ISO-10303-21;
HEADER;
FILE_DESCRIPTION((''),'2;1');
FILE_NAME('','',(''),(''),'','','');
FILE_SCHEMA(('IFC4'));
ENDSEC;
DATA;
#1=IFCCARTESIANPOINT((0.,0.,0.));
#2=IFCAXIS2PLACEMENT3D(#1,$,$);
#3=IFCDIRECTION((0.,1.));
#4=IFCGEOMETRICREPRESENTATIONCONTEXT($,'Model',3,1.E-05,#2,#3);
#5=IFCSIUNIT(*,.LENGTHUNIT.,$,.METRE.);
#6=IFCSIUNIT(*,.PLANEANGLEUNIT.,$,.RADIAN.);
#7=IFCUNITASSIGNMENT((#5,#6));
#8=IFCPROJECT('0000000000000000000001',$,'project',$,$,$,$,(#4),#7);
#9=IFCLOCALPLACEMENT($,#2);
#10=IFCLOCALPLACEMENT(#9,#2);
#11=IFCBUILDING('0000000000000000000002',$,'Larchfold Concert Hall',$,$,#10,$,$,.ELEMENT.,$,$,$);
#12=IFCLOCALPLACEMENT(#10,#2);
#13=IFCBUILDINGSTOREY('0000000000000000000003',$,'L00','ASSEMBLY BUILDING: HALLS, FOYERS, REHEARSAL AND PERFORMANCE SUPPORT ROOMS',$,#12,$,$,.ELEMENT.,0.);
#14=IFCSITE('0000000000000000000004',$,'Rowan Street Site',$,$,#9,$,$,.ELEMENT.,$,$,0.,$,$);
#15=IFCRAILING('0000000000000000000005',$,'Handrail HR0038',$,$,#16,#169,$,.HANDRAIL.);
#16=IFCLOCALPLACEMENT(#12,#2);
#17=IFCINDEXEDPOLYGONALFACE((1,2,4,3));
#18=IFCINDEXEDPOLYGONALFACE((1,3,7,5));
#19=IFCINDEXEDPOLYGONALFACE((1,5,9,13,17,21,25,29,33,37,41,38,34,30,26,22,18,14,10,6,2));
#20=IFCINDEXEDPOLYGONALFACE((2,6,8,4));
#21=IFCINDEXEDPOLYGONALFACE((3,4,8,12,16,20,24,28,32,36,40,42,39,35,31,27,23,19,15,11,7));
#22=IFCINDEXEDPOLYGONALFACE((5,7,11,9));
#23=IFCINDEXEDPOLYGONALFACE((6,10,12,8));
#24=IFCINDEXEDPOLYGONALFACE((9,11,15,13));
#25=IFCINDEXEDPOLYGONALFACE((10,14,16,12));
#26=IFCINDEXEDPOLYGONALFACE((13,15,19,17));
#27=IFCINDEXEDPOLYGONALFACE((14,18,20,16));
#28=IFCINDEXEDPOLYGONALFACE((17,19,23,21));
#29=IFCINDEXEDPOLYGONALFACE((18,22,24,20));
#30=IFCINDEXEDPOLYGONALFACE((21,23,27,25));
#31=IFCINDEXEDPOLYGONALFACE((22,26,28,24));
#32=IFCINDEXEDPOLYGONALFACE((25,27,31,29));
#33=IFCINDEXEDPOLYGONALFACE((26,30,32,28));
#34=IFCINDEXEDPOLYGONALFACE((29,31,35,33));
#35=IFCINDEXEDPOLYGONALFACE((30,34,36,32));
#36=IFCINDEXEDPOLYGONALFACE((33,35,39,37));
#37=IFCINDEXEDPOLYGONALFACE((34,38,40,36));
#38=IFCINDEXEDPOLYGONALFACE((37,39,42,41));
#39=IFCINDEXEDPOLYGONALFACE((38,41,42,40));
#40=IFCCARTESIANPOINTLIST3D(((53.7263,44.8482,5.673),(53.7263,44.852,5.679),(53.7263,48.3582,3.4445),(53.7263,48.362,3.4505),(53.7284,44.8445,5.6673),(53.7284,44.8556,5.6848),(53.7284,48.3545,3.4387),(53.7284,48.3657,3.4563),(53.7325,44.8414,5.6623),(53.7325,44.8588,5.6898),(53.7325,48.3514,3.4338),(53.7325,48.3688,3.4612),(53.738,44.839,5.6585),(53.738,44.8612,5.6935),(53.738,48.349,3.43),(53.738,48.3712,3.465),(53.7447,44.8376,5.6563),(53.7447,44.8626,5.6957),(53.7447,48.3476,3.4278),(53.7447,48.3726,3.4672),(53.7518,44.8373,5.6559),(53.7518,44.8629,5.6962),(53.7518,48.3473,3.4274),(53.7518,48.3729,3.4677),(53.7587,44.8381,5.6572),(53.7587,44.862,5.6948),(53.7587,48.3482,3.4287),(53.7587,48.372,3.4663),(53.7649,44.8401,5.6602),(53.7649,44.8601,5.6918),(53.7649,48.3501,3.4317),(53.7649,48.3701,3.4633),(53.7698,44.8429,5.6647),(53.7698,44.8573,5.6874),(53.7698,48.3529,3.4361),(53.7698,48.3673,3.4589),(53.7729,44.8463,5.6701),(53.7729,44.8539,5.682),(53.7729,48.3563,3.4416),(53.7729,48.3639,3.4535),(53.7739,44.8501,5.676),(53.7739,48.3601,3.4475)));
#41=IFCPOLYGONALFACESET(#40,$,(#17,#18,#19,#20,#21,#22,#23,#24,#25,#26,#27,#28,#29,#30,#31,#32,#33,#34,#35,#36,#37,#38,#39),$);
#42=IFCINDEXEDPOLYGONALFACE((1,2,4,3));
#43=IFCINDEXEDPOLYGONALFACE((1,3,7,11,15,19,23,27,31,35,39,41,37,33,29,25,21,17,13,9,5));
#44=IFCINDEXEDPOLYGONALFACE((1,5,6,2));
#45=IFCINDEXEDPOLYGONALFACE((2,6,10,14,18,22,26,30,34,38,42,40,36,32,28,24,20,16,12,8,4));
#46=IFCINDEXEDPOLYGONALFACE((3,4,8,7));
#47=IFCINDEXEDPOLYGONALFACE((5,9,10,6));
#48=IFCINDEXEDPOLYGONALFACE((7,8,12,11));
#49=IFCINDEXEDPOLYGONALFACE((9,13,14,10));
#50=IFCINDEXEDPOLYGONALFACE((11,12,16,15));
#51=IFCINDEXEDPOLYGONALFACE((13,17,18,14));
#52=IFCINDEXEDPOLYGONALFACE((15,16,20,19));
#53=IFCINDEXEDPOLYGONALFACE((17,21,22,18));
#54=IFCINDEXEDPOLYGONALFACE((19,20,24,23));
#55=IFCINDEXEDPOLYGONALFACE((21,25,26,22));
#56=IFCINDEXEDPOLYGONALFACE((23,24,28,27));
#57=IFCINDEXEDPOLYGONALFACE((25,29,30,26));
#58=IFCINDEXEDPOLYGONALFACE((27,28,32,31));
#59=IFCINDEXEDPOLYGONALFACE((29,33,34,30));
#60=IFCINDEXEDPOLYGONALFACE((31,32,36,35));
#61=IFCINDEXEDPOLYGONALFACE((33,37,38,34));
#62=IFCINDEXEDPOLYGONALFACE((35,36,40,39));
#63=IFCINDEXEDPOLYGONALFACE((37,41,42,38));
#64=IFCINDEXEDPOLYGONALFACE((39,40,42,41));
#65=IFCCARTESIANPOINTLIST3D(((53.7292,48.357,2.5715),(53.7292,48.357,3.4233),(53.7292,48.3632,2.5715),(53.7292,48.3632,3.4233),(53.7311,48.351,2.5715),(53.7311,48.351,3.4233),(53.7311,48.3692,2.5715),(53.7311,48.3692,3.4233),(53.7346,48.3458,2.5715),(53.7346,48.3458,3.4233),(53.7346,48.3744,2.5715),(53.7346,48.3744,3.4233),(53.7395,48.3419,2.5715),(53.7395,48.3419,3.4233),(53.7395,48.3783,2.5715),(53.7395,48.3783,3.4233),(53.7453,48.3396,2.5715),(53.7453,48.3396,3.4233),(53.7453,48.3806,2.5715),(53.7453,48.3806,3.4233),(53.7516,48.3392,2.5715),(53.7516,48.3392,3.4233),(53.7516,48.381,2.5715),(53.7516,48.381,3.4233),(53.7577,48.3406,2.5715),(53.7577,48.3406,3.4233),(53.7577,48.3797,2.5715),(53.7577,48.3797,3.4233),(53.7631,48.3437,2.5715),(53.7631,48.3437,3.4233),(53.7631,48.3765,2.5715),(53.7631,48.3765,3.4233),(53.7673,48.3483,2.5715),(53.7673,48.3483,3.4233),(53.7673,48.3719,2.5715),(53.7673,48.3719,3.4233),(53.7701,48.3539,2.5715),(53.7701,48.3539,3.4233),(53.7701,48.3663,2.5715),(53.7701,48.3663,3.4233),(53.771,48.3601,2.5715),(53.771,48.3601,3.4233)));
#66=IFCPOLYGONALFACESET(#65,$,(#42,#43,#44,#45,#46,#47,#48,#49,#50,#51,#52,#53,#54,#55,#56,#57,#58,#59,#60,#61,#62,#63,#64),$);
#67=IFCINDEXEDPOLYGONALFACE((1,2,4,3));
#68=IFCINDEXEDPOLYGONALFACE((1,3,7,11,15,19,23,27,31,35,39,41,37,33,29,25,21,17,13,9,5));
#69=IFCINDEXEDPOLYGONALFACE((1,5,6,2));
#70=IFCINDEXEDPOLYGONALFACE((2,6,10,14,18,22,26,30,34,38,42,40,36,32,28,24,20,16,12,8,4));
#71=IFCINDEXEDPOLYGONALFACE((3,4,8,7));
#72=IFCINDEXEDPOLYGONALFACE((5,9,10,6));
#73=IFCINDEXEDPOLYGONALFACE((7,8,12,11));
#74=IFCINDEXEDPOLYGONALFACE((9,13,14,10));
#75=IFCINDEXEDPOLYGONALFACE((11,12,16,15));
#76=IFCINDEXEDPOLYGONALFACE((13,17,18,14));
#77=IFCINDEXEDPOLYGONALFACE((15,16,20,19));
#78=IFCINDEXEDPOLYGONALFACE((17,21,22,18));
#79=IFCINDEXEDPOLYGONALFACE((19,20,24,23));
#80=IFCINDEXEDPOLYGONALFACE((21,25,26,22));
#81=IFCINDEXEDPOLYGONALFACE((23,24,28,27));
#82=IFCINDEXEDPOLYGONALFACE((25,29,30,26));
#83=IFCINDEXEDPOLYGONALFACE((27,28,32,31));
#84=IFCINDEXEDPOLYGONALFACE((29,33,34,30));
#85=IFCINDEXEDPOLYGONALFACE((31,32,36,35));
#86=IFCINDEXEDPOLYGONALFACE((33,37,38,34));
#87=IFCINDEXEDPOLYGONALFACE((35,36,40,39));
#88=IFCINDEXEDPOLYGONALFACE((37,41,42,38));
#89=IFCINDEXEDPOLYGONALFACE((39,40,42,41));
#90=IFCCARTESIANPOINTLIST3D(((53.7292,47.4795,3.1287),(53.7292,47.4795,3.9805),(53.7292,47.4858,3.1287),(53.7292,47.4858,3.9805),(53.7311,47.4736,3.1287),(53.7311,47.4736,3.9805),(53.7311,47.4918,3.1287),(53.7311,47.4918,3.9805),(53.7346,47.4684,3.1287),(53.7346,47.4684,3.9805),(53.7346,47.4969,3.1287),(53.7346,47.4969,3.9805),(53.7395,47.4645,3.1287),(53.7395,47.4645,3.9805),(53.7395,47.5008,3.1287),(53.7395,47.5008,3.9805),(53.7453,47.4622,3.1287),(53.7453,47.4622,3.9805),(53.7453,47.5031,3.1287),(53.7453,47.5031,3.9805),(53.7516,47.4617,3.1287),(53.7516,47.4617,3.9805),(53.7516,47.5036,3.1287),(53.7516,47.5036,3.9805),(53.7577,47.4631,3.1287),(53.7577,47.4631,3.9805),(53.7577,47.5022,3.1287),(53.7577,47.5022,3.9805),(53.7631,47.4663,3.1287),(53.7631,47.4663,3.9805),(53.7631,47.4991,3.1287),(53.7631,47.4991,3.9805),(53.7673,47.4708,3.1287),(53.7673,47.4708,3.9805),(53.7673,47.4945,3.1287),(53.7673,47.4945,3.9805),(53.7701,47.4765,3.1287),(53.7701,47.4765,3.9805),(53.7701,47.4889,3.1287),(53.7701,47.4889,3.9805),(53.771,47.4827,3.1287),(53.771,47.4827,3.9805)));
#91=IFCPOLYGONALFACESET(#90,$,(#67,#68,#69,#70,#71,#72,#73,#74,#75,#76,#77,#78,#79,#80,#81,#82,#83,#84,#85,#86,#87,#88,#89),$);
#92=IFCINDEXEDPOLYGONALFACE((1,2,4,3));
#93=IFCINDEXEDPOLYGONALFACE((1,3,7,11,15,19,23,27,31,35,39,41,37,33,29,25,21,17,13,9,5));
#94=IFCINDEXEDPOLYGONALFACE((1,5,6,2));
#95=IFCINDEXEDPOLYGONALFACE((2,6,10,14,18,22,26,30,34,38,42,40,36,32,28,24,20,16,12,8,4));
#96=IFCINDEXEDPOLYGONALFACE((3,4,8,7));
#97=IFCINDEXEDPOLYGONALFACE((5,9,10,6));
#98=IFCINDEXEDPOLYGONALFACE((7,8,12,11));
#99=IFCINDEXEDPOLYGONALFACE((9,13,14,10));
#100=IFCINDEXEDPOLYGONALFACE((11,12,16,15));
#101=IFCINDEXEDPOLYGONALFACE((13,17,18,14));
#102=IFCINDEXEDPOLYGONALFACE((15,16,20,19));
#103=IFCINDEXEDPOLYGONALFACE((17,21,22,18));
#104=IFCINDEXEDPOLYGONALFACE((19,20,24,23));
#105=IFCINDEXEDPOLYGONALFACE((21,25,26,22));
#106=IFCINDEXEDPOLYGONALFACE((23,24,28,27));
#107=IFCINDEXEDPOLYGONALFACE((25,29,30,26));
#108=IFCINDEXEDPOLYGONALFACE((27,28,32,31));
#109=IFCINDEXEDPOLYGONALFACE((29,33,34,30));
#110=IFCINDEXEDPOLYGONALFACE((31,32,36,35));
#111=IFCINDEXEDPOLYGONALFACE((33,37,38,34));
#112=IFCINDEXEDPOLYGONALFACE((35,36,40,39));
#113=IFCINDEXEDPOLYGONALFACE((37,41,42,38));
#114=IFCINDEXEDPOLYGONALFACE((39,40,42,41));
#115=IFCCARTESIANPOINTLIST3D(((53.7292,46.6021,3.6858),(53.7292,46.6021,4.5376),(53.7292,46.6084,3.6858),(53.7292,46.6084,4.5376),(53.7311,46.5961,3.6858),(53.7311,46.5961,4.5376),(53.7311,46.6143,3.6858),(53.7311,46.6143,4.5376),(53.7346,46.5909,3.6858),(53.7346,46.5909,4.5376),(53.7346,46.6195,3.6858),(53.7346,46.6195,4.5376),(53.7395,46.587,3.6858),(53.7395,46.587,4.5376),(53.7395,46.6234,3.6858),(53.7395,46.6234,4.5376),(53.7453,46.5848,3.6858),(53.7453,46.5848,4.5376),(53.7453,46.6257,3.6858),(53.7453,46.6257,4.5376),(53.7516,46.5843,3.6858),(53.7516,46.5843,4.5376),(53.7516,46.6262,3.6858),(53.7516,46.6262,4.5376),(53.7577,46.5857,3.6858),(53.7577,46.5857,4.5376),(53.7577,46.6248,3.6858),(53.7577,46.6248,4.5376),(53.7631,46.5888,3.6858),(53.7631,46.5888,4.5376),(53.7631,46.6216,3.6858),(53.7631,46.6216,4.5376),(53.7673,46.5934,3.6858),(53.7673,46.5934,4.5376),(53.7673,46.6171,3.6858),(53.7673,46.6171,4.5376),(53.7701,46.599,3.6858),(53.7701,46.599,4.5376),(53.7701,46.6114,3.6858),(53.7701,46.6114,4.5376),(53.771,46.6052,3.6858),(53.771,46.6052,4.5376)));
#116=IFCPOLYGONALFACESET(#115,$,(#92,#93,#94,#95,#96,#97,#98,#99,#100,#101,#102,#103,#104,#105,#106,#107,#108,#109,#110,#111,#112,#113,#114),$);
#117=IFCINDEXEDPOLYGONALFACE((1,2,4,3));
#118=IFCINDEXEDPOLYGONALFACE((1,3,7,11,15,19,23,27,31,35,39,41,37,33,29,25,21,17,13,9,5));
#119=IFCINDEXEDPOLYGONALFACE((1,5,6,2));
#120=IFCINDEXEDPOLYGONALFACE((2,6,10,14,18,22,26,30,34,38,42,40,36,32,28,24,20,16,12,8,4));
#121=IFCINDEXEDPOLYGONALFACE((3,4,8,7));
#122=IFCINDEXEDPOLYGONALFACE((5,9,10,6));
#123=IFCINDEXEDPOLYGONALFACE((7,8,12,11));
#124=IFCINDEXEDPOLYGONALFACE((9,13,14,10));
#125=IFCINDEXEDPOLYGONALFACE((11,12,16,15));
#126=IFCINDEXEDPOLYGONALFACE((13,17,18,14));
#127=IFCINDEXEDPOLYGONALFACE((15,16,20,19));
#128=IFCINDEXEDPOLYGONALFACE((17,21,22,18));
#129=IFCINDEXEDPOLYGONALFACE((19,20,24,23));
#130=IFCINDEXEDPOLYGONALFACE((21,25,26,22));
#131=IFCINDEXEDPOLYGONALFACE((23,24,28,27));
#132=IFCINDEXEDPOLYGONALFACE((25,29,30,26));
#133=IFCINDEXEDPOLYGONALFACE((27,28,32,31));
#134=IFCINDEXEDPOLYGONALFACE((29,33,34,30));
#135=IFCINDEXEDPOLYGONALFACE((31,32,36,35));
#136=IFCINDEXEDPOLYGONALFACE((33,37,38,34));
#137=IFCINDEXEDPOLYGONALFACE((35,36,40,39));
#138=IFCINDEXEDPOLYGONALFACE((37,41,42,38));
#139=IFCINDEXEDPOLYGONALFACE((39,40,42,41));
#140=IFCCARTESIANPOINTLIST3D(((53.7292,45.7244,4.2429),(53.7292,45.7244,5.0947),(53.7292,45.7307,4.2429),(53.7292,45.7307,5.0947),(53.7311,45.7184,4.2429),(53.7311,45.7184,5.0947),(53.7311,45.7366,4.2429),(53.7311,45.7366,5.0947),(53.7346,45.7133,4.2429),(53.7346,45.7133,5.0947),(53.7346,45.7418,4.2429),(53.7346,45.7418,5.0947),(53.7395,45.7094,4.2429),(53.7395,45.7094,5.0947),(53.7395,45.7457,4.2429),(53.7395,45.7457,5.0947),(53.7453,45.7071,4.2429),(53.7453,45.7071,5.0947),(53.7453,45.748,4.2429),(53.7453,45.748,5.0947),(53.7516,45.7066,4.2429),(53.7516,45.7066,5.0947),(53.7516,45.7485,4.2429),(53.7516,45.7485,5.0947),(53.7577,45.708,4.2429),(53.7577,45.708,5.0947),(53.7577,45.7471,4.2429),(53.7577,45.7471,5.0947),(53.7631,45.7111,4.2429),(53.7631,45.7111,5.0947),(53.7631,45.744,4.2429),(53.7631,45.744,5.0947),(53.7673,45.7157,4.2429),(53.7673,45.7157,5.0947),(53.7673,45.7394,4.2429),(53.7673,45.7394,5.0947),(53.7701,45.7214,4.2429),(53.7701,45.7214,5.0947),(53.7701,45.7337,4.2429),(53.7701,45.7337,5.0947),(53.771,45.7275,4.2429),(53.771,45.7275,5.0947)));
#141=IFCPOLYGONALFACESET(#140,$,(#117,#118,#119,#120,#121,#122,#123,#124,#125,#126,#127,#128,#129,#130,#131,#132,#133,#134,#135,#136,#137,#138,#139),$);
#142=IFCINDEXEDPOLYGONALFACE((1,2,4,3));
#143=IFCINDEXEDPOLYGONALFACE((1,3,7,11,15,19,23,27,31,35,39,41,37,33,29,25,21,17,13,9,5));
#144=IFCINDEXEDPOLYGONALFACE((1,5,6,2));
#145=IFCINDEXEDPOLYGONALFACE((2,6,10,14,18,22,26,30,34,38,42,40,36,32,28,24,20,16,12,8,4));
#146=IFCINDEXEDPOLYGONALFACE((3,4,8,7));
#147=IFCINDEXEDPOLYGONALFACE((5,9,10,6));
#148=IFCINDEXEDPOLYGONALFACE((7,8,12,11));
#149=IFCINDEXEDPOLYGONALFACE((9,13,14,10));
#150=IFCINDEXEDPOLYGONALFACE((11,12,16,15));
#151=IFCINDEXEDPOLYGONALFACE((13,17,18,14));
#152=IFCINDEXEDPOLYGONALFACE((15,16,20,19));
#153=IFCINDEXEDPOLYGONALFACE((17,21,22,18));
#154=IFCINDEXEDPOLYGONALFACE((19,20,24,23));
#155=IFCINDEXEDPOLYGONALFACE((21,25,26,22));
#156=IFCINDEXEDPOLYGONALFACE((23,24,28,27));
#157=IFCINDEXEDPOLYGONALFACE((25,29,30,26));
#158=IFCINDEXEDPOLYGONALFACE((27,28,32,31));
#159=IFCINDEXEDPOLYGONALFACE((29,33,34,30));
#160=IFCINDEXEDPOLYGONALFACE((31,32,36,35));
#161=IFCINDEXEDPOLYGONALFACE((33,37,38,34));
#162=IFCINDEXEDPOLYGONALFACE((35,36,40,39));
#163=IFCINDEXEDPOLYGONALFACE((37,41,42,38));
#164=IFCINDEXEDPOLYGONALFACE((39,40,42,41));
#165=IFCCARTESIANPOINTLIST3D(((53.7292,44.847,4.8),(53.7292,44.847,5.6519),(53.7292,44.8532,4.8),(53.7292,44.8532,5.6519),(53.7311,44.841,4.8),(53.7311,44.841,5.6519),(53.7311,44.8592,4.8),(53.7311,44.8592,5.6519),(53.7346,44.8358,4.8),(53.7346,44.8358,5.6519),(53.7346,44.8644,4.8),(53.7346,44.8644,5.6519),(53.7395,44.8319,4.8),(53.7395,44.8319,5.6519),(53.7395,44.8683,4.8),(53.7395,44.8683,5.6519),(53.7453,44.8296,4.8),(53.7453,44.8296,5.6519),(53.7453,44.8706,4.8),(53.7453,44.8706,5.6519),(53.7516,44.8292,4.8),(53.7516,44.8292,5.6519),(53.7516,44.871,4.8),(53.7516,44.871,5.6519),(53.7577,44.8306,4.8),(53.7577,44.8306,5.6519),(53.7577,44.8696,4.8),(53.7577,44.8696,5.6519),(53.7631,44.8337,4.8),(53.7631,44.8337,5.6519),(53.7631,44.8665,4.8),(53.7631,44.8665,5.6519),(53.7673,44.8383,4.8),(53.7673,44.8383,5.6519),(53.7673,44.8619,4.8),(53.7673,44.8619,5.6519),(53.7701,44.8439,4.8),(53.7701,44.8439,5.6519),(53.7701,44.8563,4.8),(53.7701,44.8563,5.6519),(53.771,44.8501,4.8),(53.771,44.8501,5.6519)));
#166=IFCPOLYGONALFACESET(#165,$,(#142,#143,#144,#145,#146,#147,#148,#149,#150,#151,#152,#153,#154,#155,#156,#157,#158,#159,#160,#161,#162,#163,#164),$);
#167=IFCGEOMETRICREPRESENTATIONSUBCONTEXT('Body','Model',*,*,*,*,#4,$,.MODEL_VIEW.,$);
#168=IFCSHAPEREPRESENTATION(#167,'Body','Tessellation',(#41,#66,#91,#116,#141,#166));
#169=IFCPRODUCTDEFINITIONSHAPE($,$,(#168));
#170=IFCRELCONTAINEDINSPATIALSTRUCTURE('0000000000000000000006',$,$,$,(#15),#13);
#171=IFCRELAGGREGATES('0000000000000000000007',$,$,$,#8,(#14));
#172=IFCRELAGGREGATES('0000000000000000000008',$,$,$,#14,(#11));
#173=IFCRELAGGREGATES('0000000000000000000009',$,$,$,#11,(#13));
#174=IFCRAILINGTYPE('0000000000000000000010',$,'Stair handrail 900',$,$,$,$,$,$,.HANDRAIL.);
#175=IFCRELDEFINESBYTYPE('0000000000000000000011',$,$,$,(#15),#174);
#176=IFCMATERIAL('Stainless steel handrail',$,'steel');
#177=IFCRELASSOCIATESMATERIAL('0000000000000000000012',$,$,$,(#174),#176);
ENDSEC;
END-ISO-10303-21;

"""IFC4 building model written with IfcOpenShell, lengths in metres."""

from ifc_helpers import new_model, si_unit, direction, frame, origin, origin_2d, place, context, subcontext, project, spatial, circle, extrude, material, type_object, element, save


model = new_model("IFC4")

# Units and contexts
model_context = context("Model", 3, precision=1e-05, world=origin(), true_north=direction((0.0, 1.0)))
body_context = subcontext(model_context, "Body", "Model", "MODEL_VIEW")
ifc_project = project(units=[si_unit("LENGTHUNIT", "METRE"), si_unit("PLANEANGLEUNIT", "RADIAN")], contexts=[model_context])

# Site, building, storey
site_placement = place(None, origin())
site = spatial("IfcSite", under=ifc_project, at=site_placement, Name="Rowan Street Site", CompositionType="ELEMENT", RefElevation=0.0)
building_placement = place(site_placement, origin())
building = spatial("IfcBuilding", under=site, at=building_placement, Name="Larchfold Concert Hall", CompositionType="ELEMENT")
storey_placement = place(building_placement, origin())
storey = spatial("IfcBuildingStorey", under=building, at=storey_placement, Name="L00", Description="ASSEMBLY BUILDING: HALLS, FOYERS, REHEARSAL AND PERFORMANCE SUPPORT ROOMS", CompositionType="ELEMENT", Elevation=0.0)

# Railing
ifc_material_1 = material(Name="Stainless steel handrail", Category="steel")
railing_type_1 = type_object("IfcRailingType", Name="Stair handrail 900", PredefinedType="HANDRAIL", material=ifc_material_1)
for number, where, name in (
    (1, (53.75, 48.3601, 2.5715), "Handrail HR0038"),
):
    element("IfcRailing", number, at=place(storey_placement, frame(where)), inside=storey, type_object=railing_type_1, Name=name, PredefinedType="HANDRAIL", context=body_context, shape_type="SweptSolid", body=[
        extrude(circle(Radius=0.0239, at=origin_2d()), frame((0.0, 0.0, 0.876), z_axis=(0.0, -0.84422, 0.535998), x_axis=(1.0, 0.0, 0.0)), (0.0, 0.0, 1.0), 4.1577),
        extrude(circle(Radius=0.021, at=origin_2d()), origin(), (0.0, 0.0, 1.0), 0.8518),
        extrude(circle(Radius=0.021, at=origin_2d()), frame((0.0, -0.8774, 0.5571)), (0.0, 0.0, 1.0), 0.8518),
        extrude(circle(Radius=0.021, at=origin_2d()), frame((0.0, -1.7549, 1.1143)), (0.0, 0.0, 1.0), 0.8518),
        extrude(circle(Radius=0.021, at=origin_2d()), frame((0.0, -2.6326, 1.6714)), (0.0, 0.0, 1.0), 0.8518),
        extrude(circle(Radius=0.021, at=origin_2d()), frame((0.0, -3.51, 2.2285)), (0.0, 0.0, 1.0), 0.8518),
    ])

save(model, "model.ifc")
